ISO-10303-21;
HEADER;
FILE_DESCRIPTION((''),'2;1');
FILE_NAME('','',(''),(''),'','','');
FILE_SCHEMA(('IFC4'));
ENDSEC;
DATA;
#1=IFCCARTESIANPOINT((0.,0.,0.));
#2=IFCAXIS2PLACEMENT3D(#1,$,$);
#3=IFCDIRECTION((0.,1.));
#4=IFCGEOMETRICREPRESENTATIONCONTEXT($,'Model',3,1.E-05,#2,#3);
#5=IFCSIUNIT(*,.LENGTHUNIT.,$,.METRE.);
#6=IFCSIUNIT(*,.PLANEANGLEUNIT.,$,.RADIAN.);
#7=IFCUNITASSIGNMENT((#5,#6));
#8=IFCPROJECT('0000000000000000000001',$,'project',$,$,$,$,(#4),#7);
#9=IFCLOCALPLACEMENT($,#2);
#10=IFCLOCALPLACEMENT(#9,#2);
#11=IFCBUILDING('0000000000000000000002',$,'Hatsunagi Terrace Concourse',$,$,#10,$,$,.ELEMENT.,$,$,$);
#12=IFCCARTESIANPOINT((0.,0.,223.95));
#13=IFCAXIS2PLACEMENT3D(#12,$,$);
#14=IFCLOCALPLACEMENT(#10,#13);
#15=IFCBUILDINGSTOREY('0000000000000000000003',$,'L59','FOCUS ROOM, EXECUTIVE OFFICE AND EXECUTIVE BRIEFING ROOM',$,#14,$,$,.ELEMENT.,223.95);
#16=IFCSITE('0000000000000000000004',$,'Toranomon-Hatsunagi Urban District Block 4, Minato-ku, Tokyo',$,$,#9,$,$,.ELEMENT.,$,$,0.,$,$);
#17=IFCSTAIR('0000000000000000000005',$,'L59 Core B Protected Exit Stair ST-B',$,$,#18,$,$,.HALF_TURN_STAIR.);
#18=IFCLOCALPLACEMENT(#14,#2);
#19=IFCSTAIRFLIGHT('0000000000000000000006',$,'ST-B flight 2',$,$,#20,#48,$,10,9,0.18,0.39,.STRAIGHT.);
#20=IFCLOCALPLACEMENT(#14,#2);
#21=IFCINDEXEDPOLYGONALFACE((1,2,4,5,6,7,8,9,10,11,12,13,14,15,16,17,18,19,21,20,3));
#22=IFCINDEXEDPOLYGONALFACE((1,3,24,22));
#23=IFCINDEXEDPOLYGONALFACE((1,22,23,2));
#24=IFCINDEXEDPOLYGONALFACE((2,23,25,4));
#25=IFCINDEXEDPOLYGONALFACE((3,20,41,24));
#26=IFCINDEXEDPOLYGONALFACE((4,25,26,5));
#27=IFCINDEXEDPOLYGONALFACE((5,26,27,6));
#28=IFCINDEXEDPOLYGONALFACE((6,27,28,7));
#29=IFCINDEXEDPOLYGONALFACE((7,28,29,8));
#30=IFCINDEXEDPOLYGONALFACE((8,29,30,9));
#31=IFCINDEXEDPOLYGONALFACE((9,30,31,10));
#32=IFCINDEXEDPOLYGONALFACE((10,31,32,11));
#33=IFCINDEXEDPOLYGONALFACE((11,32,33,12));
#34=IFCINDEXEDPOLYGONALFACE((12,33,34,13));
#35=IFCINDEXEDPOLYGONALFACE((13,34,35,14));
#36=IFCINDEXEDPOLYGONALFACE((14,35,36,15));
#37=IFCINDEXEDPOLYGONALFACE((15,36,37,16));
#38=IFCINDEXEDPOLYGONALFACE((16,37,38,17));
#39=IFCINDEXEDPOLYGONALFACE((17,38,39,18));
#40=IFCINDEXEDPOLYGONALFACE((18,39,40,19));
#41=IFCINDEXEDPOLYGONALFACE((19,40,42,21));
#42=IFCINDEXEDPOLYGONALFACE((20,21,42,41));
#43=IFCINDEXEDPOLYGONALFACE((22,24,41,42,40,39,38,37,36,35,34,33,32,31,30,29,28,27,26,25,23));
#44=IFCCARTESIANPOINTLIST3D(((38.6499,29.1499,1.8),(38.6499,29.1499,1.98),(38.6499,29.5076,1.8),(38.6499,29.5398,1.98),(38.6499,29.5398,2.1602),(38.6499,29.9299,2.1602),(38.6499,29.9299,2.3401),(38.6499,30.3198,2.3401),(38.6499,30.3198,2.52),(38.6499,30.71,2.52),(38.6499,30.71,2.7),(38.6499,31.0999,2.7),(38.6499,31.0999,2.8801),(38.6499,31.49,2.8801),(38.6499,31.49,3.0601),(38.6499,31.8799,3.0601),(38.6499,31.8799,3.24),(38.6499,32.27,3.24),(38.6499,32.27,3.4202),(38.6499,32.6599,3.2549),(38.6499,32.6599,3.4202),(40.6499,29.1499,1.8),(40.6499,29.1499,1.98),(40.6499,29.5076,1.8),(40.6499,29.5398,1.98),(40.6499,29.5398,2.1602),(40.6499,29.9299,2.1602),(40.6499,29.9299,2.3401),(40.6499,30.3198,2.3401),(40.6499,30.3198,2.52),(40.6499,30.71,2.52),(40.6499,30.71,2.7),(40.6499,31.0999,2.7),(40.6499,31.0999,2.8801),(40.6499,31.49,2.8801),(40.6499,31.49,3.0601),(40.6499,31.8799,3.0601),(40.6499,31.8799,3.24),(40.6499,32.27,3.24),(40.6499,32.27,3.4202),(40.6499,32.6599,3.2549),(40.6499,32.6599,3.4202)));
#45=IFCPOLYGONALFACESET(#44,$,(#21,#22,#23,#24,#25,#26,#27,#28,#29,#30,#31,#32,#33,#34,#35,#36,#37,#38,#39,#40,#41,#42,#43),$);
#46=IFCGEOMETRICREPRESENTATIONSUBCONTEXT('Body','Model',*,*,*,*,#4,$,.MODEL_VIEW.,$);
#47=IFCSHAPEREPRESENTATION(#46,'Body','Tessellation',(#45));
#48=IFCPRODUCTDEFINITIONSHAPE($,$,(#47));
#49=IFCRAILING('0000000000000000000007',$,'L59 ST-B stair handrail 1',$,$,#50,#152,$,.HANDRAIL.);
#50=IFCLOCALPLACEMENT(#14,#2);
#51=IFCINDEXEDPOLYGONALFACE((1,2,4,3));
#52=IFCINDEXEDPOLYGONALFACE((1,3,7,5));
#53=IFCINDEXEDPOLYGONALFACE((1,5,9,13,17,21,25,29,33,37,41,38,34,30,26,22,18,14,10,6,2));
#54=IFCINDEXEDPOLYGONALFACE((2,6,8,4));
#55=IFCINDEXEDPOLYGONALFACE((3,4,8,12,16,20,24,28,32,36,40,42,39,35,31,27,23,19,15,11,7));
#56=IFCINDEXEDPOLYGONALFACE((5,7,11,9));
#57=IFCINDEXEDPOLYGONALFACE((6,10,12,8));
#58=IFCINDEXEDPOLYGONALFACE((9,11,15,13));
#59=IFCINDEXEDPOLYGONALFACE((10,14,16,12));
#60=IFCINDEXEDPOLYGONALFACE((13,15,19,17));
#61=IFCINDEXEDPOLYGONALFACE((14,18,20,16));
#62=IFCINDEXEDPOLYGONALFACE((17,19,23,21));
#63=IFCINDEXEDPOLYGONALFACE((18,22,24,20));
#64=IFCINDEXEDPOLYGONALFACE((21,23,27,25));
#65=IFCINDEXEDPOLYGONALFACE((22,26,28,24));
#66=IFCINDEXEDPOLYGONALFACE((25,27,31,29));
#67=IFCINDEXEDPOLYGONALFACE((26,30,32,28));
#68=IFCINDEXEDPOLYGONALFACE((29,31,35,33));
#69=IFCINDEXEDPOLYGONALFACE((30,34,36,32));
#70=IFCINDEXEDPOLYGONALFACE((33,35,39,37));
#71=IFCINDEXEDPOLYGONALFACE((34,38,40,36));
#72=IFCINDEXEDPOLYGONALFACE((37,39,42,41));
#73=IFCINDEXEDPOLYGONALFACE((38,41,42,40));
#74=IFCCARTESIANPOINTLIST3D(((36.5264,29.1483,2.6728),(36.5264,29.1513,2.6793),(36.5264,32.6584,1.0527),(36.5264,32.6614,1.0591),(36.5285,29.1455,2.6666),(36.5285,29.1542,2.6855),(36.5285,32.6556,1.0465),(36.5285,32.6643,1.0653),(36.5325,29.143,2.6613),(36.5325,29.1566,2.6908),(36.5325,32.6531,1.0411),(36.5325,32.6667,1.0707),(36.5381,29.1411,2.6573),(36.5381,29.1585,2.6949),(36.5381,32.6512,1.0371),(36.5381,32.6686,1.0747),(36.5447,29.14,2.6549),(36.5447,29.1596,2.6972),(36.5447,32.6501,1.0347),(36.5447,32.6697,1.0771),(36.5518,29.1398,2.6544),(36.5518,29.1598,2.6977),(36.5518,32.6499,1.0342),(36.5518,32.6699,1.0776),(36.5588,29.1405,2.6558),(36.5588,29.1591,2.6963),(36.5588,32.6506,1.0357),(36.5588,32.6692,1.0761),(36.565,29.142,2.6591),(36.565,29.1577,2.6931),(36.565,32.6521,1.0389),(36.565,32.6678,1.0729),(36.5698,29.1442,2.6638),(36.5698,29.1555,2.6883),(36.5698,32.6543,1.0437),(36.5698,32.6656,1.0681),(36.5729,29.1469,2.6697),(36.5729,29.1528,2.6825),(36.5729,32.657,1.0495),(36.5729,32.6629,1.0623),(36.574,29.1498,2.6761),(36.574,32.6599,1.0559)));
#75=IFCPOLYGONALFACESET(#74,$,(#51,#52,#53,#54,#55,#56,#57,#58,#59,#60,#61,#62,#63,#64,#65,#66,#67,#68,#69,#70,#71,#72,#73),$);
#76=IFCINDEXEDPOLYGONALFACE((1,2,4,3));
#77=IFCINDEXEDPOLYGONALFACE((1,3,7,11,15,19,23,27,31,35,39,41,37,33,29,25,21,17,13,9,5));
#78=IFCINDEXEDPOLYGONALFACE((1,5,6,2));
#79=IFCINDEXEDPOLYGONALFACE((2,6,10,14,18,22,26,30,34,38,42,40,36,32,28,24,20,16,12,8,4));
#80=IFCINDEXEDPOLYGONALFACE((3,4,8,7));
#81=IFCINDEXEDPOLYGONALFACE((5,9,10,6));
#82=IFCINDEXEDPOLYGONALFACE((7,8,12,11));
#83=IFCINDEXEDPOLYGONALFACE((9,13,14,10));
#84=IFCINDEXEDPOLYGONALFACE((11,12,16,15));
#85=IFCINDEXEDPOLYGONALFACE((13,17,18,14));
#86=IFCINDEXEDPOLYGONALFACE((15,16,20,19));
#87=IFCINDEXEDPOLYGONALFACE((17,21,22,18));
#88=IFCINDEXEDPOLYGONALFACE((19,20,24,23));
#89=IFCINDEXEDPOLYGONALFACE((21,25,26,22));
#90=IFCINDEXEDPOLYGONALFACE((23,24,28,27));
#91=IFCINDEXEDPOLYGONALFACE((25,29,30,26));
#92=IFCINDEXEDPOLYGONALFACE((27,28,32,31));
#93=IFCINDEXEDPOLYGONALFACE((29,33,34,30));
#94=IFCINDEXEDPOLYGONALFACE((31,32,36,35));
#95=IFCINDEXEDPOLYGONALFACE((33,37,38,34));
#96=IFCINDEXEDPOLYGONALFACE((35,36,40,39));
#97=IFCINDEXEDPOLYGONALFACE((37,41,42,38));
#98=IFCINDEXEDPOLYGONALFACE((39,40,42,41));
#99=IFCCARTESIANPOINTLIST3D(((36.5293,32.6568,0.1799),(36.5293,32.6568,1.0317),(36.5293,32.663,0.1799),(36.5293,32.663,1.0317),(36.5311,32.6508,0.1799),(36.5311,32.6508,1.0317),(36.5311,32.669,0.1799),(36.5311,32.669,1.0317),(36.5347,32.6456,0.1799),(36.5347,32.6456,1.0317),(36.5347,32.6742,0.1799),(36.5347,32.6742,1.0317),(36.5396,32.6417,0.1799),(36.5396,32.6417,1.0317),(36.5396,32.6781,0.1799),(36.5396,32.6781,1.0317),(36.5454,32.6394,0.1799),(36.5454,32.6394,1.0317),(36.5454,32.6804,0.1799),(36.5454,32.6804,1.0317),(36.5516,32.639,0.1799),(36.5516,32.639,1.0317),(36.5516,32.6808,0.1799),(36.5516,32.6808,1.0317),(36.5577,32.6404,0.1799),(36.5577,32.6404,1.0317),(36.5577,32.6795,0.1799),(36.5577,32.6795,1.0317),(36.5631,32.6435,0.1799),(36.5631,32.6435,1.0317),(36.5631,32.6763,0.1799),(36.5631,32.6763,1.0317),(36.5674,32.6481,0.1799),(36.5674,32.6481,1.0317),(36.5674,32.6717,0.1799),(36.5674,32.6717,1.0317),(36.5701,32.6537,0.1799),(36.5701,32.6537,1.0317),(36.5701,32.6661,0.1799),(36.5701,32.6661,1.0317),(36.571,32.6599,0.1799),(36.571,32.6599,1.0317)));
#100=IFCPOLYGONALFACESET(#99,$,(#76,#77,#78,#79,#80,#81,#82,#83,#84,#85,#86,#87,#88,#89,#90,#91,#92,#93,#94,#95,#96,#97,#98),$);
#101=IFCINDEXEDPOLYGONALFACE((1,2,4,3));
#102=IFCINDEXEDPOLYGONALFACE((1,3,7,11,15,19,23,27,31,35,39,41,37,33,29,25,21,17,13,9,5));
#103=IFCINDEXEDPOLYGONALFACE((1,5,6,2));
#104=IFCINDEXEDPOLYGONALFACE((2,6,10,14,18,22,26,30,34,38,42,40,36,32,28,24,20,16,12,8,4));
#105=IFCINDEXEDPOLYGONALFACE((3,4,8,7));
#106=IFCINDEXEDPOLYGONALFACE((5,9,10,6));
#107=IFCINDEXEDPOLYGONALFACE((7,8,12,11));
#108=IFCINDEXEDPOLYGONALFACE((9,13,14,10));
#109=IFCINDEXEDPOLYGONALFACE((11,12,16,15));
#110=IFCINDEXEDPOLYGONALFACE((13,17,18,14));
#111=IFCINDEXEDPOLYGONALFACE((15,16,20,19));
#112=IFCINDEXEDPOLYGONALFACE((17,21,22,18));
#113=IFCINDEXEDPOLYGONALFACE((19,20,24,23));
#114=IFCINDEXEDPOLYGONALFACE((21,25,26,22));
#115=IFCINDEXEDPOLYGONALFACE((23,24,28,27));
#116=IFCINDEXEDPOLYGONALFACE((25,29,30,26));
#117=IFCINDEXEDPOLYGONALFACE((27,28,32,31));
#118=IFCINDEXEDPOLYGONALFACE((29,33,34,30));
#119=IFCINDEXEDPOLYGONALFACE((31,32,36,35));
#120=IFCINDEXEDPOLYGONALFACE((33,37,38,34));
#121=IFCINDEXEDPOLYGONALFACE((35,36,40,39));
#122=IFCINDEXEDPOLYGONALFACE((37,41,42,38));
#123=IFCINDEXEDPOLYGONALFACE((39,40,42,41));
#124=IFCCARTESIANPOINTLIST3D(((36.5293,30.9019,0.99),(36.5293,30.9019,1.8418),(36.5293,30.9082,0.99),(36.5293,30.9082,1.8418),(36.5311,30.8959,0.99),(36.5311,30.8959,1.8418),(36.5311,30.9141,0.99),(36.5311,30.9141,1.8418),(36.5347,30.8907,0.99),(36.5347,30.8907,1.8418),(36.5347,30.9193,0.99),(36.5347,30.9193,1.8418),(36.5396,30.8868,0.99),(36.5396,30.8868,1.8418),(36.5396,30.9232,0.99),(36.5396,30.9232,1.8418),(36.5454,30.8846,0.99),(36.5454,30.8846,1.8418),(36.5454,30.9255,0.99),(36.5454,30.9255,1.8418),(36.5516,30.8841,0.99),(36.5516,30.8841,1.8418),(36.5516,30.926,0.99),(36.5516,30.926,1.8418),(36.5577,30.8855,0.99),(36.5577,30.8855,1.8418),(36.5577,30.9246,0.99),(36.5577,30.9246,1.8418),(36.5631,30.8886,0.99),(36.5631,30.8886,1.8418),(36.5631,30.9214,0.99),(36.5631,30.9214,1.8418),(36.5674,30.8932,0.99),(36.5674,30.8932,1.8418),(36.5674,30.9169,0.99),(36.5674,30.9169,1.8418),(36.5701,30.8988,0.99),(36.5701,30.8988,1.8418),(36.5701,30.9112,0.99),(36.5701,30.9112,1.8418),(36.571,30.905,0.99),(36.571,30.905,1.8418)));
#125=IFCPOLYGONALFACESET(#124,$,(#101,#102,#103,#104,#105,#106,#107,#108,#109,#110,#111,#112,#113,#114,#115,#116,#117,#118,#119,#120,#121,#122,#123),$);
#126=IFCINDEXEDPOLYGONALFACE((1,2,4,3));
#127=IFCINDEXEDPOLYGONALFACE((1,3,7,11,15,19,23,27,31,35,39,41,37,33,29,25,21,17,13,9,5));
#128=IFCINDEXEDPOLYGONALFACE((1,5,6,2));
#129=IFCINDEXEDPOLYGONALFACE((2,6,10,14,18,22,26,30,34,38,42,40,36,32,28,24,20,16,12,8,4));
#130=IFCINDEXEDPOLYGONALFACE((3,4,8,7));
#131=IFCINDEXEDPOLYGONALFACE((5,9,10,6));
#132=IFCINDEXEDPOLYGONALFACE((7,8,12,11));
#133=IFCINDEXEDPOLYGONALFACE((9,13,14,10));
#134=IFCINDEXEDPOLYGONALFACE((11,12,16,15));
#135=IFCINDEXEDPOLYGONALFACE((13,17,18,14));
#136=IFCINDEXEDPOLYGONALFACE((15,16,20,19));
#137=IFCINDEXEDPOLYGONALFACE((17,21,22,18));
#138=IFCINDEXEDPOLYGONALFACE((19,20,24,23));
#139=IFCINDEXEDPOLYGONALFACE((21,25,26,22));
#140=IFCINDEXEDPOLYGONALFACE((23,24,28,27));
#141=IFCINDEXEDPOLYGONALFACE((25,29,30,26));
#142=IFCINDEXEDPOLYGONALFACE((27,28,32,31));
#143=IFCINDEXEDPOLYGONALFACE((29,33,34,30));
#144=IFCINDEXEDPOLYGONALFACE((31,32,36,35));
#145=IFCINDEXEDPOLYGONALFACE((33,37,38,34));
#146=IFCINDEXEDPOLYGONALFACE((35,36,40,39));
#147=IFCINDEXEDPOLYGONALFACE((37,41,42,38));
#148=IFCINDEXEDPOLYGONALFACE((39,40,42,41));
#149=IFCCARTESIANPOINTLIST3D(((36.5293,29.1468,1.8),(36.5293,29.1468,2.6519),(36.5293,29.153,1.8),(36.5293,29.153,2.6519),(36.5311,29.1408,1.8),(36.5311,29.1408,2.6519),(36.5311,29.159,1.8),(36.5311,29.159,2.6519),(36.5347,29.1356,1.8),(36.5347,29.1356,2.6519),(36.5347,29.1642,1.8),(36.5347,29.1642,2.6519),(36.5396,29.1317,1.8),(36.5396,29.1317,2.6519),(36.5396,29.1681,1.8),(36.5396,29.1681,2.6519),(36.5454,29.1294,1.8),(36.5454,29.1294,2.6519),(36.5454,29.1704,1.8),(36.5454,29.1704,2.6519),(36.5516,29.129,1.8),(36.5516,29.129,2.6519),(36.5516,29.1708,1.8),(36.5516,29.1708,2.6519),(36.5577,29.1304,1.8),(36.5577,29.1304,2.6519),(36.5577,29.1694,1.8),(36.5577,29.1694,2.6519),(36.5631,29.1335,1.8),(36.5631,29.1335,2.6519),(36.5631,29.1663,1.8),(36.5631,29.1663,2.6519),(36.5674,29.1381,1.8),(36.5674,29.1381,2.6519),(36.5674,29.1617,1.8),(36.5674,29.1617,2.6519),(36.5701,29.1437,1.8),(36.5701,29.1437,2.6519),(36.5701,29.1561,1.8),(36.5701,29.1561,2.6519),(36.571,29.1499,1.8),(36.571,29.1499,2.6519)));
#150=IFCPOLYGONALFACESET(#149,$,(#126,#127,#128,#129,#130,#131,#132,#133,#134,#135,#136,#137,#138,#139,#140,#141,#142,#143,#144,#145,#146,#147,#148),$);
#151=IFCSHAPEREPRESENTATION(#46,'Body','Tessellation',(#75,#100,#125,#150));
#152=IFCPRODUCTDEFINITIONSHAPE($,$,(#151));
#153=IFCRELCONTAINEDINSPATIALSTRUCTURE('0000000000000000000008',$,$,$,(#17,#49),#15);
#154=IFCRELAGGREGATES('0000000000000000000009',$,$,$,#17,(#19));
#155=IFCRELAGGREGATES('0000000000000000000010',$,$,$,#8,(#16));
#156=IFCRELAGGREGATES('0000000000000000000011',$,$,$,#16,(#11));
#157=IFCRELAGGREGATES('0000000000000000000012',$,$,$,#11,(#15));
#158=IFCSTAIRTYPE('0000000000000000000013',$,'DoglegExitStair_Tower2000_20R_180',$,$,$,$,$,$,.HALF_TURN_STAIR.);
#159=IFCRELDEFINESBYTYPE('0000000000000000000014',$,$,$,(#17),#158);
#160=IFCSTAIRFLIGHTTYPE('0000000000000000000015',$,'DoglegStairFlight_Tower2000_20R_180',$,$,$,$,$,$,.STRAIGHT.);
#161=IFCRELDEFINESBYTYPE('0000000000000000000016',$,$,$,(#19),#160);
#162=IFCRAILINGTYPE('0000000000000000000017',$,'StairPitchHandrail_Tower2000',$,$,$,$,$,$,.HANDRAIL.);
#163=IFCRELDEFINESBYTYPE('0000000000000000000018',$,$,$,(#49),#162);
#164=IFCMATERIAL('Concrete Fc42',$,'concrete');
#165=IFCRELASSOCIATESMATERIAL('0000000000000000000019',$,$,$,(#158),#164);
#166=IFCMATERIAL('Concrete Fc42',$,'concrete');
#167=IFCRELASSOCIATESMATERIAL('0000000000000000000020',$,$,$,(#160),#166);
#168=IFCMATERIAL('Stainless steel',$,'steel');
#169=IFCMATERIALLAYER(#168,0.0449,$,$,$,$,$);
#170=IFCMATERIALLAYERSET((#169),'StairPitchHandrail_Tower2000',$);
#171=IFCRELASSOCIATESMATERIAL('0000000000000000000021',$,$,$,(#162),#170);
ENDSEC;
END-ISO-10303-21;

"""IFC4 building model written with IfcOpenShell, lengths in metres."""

from ifc_helpers import new_model, si_unit, direction, frame, origin, origin_2d, place, context, subcontext, project, spatial, polyline, circle, outline, extrude, material, layer, layer_set, type_object, element, aggregate, save


model = new_model("IFC4")

# Units and contexts
model_context = context("Model", 3, precision=1e-05, world=origin(), true_north=direction((0.0, 1.0)))
body_context = subcontext(model_context, "Body", "Model", "MODEL_VIEW")
ifc_project = project(units=[si_unit("LENGTHUNIT", "METRE"), si_unit("PLANEANGLEUNIT", "RADIAN")], contexts=[model_context])

# Site, building, storey
site_placement = place(None, origin())
site = spatial("IfcSite", under=ifc_project, at=site_placement, Name="Toranomon-Hatsunagi Urban District Block 4, Minato-ku, Tokyo", CompositionType="ELEMENT", RefElevation=0.0)
building_placement = place(site_placement, origin())
building = spatial("IfcBuilding", under=site, at=building_placement, Name="Hatsunagi Terrace Concourse", CompositionType="ELEMENT")
storey_placement = place(building_placement, frame((0.0, 0.0, 223.95)))
storey = spatial("IfcBuildingStorey", under=building, at=storey_placement, Name="L59", Description="FOCUS ROOM, EXECUTIVE OFFICE AND EXECUTIVE BRIEFING ROOM", CompositionType="ELEMENT", Elevation=223.95)

# Stair, stair flight
ifc_material_1 = material(Name="Concrete Fc42", Category="concrete")
stair_type = type_object("IfcStairType", Name="DoglegExitStair_Tower2000_20R_180", PredefinedType="HALF_TURN_STAIR", material=ifc_material_1)
stair_placement = place(storey_placement, origin())
stair = element("IfcStair", 1, at=stair_placement, inside=storey, type_object=stair_type, Name="L59 Core B Protected Exit Stair ST-B", PredefinedType="HALF_TURN_STAIR")
ifc_material_2 = material(Name="Concrete Fc42", Category="concrete")
stair_flight_type = type_object("IfcStairFlightType", Name="DoglegStairFlight_Tower2000_20R_180", PredefinedType="STRAIGHT", material=ifc_material_2)
stair_flight_1_placement = place(storey_placement, frame((39.6499, 29.1499, 1.8), z_axis=(0.0, 0.0, 1.0), x_axis=(0.0, 1.0, 0.0)))
stair_flight_1 = element("IfcStairFlight", 2, at=stair_flight_1_placement, type_object=stair_flight_type, Name="ST-B flight 2", NumberOfRisers=10, NumberOfTreads=9, PredefinedType="STRAIGHT", RiserHeight=0.18, TreadLength=0.39, context=body_context, shape_type="SweptSolid", body=[
    extrude(outline(polyline([(0.0, 0.0), (0.0, 0.1799), (0.3899, 0.1799), (0.3899, 0.3601), (0.78, 0.3601), (0.78, 0.54), (1.1699, 0.54), (1.1699, 0.72), (1.5601, 0.72), (1.5601, 0.8999), (1.95, 0.8999), (1.95, 1.0801), (2.3401, 1.0801), (2.3401, 1.26), (2.73, 1.26), (2.73, 1.4399), (3.1201, 1.4399), (3.1201, 1.6201), (3.51, 1.6201), (3.51, 1.8), (3.51, 1.4548), (0.3577, 0.0), (0.0, 0.0)])), frame((0.0, 1.0, 0.0), z_axis=(0.0, -1.0, 0.0), x_axis=(1.0, 0.0, 0.0)), (0.0, 0.0, 1.0), 2.0),
])
aggregate(stair, [stair_flight_1])

# Railing
ifc_material_3 = material(Name="Stainless steel", Category="steel")
ifc_layer_1 = layer(ifc_material_3, 0.0449)
ifc_layer_set_1 = layer_set([ifc_layer_1], Name="StairPitchHandrail_Tower2000")
railing_type_1 = type_object("IfcRailingType", Name="StairPitchHandrail_Tower2000", PredefinedType="HANDRAIL", material=ifc_layer_set_1)
railing_1_placement = place(storey_placement, frame((36.55, 32.6599, 0.1799)))
element("IfcRailing", 3, at=railing_1_placement, inside=storey, type_object=railing_type_1, Name="L59 ST-B stair handrail 1", PredefinedType="HANDRAIL", context=body_context, shape_type="SweptSolid", body=[
    extrude(circle(Radius=0.0239, at=origin_2d()), frame((0.0, 0.0, 0.876), z_axis=(0.0, -0.907948, 0.419082), x_axis=(1.0, 0.0, 0.0)), (0.0, 0.0, 1.0), 3.866),
    extrude(circle(Radius=0.021, at=origin_2d()), origin(), (0.0, 0.0, 1.0), 0.8518),
    extrude(circle(Radius=0.021, at=origin_2d()), frame((0.0, -1.7549, 0.8101)), (0.0, 0.0, 1.0), 0.8518),
    extrude(circle(Radius=0.021, at=origin_2d()), frame((0.0, -3.51, 1.6201)), (0.0, 0.0, 1.0), 0.8518),
])

save(model, "model.ifc")
